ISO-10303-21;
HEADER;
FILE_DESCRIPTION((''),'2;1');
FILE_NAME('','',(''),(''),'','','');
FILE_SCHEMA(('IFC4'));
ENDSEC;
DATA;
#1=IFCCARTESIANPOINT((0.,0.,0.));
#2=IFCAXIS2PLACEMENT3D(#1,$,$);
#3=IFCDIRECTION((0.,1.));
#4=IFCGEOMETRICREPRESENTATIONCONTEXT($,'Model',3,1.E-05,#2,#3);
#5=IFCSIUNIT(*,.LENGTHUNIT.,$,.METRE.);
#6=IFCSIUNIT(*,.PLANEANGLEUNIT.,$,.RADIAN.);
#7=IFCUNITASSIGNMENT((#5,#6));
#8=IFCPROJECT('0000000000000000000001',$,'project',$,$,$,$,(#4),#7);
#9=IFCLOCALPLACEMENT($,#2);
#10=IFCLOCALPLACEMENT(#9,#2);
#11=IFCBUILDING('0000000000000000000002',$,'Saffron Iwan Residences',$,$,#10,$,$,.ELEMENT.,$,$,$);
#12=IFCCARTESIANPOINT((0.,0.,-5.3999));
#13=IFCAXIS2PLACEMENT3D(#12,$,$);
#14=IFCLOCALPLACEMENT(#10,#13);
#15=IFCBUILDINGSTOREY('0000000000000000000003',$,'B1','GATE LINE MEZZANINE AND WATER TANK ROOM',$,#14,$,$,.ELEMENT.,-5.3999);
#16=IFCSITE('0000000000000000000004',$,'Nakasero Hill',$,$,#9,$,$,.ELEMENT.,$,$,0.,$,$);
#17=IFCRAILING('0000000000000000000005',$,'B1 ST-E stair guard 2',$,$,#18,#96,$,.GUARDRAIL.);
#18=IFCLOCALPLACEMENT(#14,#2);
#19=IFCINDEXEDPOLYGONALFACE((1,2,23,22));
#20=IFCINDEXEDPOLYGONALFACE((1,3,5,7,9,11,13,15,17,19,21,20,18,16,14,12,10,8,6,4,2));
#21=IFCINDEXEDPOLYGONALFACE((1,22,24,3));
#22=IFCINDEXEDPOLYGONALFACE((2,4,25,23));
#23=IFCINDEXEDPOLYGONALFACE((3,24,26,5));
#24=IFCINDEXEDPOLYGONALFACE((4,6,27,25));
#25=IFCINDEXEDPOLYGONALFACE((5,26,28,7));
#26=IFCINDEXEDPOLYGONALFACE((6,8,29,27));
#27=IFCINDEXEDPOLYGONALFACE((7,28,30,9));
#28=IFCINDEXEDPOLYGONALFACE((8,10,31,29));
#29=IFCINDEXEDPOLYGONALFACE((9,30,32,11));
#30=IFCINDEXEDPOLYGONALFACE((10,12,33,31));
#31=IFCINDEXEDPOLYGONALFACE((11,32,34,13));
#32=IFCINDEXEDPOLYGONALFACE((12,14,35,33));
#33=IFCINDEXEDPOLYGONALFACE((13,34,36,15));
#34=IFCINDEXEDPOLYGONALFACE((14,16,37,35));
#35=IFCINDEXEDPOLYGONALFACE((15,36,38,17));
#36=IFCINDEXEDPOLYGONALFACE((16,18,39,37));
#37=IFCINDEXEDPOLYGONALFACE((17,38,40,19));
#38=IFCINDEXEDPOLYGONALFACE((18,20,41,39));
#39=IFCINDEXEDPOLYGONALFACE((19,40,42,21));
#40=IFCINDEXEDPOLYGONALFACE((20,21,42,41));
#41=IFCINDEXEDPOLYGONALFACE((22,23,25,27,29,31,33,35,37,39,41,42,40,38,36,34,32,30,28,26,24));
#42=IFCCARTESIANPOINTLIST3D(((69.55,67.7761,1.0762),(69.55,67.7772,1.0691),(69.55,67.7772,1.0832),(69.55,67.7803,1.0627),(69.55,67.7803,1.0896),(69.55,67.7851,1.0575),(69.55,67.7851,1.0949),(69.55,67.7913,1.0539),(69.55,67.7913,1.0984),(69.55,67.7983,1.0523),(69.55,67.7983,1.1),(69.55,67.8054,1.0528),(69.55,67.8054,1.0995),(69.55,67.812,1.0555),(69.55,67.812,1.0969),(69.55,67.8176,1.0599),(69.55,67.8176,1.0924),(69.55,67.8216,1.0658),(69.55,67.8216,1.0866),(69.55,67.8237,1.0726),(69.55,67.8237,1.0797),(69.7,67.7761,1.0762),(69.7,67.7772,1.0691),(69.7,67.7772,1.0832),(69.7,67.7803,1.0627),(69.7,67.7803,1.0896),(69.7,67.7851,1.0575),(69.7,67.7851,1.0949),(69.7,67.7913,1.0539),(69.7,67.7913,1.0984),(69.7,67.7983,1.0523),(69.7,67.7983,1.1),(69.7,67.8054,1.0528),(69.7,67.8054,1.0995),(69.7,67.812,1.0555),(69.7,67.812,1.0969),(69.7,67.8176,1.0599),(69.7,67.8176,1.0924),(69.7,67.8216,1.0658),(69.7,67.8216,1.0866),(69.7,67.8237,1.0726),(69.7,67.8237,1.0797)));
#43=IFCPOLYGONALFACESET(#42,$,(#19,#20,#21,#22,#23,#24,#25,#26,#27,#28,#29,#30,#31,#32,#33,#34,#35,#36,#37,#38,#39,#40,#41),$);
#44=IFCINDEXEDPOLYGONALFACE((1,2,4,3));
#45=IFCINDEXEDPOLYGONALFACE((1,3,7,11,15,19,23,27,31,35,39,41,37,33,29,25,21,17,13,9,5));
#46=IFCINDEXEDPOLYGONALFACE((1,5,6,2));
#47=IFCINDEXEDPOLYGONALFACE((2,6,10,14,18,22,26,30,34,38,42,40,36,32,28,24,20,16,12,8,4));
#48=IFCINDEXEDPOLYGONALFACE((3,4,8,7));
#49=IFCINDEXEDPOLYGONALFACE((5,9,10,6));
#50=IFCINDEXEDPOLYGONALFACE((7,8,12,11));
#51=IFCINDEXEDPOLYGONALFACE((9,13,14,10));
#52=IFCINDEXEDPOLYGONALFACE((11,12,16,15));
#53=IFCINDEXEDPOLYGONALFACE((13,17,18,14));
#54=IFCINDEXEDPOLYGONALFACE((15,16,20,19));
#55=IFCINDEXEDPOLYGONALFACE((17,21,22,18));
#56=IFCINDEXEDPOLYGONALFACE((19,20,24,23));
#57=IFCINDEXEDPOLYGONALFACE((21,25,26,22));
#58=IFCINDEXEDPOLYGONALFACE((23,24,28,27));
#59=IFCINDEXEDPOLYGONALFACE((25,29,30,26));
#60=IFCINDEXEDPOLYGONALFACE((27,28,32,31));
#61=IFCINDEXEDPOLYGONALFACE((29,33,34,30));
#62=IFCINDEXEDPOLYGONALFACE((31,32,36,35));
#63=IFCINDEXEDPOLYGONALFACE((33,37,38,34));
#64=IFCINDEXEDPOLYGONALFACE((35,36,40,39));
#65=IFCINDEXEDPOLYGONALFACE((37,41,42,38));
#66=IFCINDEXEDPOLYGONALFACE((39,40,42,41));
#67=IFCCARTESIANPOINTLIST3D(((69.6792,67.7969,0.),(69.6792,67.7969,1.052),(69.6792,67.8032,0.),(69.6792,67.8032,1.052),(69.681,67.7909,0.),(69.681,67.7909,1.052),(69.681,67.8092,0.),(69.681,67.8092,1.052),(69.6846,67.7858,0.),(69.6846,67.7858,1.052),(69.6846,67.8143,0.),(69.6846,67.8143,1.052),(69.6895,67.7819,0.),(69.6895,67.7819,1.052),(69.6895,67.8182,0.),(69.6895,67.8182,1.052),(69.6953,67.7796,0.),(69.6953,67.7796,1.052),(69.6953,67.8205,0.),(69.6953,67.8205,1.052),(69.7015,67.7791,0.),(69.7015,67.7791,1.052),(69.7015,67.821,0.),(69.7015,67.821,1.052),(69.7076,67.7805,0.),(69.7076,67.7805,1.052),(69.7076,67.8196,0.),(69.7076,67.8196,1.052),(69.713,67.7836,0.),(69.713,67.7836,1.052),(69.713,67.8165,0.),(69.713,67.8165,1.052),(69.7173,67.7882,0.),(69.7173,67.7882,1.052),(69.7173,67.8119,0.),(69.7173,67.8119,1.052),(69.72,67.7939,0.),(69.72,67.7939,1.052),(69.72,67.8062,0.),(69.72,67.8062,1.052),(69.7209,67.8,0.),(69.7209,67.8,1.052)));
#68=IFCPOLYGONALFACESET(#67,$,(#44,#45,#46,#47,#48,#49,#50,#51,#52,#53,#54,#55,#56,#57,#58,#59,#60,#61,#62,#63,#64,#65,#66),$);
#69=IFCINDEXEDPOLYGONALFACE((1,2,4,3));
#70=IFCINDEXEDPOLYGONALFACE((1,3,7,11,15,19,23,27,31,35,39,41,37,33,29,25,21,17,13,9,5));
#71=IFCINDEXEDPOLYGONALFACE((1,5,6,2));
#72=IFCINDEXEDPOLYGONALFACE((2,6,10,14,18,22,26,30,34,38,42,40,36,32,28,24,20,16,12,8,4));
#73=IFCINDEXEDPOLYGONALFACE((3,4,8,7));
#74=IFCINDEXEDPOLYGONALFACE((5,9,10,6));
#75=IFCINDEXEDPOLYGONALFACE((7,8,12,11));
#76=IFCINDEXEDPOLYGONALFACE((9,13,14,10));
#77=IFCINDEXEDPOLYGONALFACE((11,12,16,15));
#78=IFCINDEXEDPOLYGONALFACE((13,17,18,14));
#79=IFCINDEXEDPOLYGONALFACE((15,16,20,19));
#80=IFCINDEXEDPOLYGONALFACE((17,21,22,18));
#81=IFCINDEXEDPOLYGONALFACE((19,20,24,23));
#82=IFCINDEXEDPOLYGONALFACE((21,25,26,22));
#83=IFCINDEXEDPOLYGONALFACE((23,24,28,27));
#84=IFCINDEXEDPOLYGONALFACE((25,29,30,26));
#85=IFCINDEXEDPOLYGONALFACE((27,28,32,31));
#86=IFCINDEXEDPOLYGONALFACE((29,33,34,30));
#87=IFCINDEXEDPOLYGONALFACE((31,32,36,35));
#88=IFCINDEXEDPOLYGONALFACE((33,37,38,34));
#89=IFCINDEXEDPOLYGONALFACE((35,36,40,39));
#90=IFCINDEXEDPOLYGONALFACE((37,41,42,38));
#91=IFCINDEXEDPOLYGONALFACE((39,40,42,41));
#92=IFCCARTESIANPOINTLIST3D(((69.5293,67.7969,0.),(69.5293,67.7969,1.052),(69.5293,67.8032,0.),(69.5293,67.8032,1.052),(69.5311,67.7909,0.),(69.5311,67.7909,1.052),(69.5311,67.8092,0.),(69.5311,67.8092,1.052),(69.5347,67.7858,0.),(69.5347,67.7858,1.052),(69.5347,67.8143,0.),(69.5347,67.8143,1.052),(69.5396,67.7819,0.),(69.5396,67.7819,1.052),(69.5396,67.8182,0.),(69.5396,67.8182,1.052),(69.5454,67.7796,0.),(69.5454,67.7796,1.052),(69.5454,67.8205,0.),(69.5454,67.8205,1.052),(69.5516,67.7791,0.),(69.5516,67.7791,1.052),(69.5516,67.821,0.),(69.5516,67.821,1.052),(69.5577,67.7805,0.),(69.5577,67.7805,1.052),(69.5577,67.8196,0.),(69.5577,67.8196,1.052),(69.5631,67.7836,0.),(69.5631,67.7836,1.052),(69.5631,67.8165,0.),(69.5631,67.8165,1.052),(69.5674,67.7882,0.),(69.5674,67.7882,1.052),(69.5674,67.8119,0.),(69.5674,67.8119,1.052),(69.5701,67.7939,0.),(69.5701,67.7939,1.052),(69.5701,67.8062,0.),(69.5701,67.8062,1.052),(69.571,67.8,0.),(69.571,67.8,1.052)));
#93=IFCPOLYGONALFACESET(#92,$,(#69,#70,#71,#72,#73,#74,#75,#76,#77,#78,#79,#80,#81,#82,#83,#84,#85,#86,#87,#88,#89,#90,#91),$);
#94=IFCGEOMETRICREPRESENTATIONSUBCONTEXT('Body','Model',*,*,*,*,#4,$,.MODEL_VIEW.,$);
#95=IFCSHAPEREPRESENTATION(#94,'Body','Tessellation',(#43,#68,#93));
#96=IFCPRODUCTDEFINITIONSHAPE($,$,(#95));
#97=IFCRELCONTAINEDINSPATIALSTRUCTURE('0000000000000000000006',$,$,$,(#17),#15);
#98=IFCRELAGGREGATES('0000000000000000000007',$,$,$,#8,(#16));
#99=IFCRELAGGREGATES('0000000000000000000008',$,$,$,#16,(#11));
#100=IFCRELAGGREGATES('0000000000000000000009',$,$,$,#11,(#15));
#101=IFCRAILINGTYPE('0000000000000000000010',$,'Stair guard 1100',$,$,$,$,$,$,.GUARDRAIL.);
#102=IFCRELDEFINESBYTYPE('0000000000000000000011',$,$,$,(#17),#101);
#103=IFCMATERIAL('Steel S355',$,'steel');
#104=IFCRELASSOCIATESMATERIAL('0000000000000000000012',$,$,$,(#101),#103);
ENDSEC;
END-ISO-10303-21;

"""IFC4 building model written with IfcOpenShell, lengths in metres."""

from ifc_helpers import new_model, si_unit, direction, frame, origin, origin_2d, place, context, subcontext, project, spatial, circle, extrude, material, type_object, element, save


model = new_model("IFC4")

# Units and contexts
model_context = context("Model", 3, precision=1e-05, world=origin(), true_north=direction((0.0, 1.0)))
body_context = subcontext(model_context, "Body", "Model", "MODEL_VIEW")
ifc_project = project(units=[si_unit("LENGTHUNIT", "METRE"), si_unit("PLANEANGLEUNIT", "RADIAN")], contexts=[model_context])

# Site, building, storey
site_placement = place(None, origin())
site = spatial("IfcSite", under=ifc_project, at=site_placement, Name="Nakasero Hill", CompositionType="ELEMENT", RefElevation=0.0)
building_placement = place(site_placement, origin())
building = spatial("IfcBuilding", under=site, at=building_placement, Name="Saffron Iwan Residences", CompositionType="ELEMENT")
storey_placement = place(building_placement, frame((0.0, 0.0, -5.3999)))
storey = spatial("IfcBuildingStorey", under=building, at=storey_placement, Name="B1", Description="GATE LINE MEZZANINE AND WATER TANK ROOM", CompositionType="ELEMENT", Elevation=-5.3999)

# Railing
ifc_material_1 = material(Name="Steel S355", Category="steel")
railing_type_1 = type_object("IfcRailingType", Name="Stair guard 1100", PredefinedType="GUARDRAIL", material=ifc_material_1)
railing_1_placement = place(storey_placement, frame((69.7, 67.8, 0.0)))
element("IfcRailing", 1, at=railing_1_placement, inside=storey, type_object=railing_type_1, Name="B1 ST-E stair guard 2", PredefinedType="GUARDRAIL", context=body_context, shape_type="SweptSolid", body=[
    extrude(circle(Radius=0.0239, at=origin_2d()), frame((0.0, 0.0, 1.0762), z_axis=(-1.0, 0.0, 0.0), x_axis=(0.0, -1.0, 0.0)), (0.0, 0.0, 1.0), 0.1499),
    extrude(circle(Radius=0.021, at=origin_2d()), origin(), (0.0, 0.0, 1.0), 1.052),
    extrude(circle(Radius=0.021, at=origin_2d()), frame((-0.1499, 0.0, 0.0)), (0.0, 0.0, 1.0), 1.052),
])

save(model, "model.ifc")
